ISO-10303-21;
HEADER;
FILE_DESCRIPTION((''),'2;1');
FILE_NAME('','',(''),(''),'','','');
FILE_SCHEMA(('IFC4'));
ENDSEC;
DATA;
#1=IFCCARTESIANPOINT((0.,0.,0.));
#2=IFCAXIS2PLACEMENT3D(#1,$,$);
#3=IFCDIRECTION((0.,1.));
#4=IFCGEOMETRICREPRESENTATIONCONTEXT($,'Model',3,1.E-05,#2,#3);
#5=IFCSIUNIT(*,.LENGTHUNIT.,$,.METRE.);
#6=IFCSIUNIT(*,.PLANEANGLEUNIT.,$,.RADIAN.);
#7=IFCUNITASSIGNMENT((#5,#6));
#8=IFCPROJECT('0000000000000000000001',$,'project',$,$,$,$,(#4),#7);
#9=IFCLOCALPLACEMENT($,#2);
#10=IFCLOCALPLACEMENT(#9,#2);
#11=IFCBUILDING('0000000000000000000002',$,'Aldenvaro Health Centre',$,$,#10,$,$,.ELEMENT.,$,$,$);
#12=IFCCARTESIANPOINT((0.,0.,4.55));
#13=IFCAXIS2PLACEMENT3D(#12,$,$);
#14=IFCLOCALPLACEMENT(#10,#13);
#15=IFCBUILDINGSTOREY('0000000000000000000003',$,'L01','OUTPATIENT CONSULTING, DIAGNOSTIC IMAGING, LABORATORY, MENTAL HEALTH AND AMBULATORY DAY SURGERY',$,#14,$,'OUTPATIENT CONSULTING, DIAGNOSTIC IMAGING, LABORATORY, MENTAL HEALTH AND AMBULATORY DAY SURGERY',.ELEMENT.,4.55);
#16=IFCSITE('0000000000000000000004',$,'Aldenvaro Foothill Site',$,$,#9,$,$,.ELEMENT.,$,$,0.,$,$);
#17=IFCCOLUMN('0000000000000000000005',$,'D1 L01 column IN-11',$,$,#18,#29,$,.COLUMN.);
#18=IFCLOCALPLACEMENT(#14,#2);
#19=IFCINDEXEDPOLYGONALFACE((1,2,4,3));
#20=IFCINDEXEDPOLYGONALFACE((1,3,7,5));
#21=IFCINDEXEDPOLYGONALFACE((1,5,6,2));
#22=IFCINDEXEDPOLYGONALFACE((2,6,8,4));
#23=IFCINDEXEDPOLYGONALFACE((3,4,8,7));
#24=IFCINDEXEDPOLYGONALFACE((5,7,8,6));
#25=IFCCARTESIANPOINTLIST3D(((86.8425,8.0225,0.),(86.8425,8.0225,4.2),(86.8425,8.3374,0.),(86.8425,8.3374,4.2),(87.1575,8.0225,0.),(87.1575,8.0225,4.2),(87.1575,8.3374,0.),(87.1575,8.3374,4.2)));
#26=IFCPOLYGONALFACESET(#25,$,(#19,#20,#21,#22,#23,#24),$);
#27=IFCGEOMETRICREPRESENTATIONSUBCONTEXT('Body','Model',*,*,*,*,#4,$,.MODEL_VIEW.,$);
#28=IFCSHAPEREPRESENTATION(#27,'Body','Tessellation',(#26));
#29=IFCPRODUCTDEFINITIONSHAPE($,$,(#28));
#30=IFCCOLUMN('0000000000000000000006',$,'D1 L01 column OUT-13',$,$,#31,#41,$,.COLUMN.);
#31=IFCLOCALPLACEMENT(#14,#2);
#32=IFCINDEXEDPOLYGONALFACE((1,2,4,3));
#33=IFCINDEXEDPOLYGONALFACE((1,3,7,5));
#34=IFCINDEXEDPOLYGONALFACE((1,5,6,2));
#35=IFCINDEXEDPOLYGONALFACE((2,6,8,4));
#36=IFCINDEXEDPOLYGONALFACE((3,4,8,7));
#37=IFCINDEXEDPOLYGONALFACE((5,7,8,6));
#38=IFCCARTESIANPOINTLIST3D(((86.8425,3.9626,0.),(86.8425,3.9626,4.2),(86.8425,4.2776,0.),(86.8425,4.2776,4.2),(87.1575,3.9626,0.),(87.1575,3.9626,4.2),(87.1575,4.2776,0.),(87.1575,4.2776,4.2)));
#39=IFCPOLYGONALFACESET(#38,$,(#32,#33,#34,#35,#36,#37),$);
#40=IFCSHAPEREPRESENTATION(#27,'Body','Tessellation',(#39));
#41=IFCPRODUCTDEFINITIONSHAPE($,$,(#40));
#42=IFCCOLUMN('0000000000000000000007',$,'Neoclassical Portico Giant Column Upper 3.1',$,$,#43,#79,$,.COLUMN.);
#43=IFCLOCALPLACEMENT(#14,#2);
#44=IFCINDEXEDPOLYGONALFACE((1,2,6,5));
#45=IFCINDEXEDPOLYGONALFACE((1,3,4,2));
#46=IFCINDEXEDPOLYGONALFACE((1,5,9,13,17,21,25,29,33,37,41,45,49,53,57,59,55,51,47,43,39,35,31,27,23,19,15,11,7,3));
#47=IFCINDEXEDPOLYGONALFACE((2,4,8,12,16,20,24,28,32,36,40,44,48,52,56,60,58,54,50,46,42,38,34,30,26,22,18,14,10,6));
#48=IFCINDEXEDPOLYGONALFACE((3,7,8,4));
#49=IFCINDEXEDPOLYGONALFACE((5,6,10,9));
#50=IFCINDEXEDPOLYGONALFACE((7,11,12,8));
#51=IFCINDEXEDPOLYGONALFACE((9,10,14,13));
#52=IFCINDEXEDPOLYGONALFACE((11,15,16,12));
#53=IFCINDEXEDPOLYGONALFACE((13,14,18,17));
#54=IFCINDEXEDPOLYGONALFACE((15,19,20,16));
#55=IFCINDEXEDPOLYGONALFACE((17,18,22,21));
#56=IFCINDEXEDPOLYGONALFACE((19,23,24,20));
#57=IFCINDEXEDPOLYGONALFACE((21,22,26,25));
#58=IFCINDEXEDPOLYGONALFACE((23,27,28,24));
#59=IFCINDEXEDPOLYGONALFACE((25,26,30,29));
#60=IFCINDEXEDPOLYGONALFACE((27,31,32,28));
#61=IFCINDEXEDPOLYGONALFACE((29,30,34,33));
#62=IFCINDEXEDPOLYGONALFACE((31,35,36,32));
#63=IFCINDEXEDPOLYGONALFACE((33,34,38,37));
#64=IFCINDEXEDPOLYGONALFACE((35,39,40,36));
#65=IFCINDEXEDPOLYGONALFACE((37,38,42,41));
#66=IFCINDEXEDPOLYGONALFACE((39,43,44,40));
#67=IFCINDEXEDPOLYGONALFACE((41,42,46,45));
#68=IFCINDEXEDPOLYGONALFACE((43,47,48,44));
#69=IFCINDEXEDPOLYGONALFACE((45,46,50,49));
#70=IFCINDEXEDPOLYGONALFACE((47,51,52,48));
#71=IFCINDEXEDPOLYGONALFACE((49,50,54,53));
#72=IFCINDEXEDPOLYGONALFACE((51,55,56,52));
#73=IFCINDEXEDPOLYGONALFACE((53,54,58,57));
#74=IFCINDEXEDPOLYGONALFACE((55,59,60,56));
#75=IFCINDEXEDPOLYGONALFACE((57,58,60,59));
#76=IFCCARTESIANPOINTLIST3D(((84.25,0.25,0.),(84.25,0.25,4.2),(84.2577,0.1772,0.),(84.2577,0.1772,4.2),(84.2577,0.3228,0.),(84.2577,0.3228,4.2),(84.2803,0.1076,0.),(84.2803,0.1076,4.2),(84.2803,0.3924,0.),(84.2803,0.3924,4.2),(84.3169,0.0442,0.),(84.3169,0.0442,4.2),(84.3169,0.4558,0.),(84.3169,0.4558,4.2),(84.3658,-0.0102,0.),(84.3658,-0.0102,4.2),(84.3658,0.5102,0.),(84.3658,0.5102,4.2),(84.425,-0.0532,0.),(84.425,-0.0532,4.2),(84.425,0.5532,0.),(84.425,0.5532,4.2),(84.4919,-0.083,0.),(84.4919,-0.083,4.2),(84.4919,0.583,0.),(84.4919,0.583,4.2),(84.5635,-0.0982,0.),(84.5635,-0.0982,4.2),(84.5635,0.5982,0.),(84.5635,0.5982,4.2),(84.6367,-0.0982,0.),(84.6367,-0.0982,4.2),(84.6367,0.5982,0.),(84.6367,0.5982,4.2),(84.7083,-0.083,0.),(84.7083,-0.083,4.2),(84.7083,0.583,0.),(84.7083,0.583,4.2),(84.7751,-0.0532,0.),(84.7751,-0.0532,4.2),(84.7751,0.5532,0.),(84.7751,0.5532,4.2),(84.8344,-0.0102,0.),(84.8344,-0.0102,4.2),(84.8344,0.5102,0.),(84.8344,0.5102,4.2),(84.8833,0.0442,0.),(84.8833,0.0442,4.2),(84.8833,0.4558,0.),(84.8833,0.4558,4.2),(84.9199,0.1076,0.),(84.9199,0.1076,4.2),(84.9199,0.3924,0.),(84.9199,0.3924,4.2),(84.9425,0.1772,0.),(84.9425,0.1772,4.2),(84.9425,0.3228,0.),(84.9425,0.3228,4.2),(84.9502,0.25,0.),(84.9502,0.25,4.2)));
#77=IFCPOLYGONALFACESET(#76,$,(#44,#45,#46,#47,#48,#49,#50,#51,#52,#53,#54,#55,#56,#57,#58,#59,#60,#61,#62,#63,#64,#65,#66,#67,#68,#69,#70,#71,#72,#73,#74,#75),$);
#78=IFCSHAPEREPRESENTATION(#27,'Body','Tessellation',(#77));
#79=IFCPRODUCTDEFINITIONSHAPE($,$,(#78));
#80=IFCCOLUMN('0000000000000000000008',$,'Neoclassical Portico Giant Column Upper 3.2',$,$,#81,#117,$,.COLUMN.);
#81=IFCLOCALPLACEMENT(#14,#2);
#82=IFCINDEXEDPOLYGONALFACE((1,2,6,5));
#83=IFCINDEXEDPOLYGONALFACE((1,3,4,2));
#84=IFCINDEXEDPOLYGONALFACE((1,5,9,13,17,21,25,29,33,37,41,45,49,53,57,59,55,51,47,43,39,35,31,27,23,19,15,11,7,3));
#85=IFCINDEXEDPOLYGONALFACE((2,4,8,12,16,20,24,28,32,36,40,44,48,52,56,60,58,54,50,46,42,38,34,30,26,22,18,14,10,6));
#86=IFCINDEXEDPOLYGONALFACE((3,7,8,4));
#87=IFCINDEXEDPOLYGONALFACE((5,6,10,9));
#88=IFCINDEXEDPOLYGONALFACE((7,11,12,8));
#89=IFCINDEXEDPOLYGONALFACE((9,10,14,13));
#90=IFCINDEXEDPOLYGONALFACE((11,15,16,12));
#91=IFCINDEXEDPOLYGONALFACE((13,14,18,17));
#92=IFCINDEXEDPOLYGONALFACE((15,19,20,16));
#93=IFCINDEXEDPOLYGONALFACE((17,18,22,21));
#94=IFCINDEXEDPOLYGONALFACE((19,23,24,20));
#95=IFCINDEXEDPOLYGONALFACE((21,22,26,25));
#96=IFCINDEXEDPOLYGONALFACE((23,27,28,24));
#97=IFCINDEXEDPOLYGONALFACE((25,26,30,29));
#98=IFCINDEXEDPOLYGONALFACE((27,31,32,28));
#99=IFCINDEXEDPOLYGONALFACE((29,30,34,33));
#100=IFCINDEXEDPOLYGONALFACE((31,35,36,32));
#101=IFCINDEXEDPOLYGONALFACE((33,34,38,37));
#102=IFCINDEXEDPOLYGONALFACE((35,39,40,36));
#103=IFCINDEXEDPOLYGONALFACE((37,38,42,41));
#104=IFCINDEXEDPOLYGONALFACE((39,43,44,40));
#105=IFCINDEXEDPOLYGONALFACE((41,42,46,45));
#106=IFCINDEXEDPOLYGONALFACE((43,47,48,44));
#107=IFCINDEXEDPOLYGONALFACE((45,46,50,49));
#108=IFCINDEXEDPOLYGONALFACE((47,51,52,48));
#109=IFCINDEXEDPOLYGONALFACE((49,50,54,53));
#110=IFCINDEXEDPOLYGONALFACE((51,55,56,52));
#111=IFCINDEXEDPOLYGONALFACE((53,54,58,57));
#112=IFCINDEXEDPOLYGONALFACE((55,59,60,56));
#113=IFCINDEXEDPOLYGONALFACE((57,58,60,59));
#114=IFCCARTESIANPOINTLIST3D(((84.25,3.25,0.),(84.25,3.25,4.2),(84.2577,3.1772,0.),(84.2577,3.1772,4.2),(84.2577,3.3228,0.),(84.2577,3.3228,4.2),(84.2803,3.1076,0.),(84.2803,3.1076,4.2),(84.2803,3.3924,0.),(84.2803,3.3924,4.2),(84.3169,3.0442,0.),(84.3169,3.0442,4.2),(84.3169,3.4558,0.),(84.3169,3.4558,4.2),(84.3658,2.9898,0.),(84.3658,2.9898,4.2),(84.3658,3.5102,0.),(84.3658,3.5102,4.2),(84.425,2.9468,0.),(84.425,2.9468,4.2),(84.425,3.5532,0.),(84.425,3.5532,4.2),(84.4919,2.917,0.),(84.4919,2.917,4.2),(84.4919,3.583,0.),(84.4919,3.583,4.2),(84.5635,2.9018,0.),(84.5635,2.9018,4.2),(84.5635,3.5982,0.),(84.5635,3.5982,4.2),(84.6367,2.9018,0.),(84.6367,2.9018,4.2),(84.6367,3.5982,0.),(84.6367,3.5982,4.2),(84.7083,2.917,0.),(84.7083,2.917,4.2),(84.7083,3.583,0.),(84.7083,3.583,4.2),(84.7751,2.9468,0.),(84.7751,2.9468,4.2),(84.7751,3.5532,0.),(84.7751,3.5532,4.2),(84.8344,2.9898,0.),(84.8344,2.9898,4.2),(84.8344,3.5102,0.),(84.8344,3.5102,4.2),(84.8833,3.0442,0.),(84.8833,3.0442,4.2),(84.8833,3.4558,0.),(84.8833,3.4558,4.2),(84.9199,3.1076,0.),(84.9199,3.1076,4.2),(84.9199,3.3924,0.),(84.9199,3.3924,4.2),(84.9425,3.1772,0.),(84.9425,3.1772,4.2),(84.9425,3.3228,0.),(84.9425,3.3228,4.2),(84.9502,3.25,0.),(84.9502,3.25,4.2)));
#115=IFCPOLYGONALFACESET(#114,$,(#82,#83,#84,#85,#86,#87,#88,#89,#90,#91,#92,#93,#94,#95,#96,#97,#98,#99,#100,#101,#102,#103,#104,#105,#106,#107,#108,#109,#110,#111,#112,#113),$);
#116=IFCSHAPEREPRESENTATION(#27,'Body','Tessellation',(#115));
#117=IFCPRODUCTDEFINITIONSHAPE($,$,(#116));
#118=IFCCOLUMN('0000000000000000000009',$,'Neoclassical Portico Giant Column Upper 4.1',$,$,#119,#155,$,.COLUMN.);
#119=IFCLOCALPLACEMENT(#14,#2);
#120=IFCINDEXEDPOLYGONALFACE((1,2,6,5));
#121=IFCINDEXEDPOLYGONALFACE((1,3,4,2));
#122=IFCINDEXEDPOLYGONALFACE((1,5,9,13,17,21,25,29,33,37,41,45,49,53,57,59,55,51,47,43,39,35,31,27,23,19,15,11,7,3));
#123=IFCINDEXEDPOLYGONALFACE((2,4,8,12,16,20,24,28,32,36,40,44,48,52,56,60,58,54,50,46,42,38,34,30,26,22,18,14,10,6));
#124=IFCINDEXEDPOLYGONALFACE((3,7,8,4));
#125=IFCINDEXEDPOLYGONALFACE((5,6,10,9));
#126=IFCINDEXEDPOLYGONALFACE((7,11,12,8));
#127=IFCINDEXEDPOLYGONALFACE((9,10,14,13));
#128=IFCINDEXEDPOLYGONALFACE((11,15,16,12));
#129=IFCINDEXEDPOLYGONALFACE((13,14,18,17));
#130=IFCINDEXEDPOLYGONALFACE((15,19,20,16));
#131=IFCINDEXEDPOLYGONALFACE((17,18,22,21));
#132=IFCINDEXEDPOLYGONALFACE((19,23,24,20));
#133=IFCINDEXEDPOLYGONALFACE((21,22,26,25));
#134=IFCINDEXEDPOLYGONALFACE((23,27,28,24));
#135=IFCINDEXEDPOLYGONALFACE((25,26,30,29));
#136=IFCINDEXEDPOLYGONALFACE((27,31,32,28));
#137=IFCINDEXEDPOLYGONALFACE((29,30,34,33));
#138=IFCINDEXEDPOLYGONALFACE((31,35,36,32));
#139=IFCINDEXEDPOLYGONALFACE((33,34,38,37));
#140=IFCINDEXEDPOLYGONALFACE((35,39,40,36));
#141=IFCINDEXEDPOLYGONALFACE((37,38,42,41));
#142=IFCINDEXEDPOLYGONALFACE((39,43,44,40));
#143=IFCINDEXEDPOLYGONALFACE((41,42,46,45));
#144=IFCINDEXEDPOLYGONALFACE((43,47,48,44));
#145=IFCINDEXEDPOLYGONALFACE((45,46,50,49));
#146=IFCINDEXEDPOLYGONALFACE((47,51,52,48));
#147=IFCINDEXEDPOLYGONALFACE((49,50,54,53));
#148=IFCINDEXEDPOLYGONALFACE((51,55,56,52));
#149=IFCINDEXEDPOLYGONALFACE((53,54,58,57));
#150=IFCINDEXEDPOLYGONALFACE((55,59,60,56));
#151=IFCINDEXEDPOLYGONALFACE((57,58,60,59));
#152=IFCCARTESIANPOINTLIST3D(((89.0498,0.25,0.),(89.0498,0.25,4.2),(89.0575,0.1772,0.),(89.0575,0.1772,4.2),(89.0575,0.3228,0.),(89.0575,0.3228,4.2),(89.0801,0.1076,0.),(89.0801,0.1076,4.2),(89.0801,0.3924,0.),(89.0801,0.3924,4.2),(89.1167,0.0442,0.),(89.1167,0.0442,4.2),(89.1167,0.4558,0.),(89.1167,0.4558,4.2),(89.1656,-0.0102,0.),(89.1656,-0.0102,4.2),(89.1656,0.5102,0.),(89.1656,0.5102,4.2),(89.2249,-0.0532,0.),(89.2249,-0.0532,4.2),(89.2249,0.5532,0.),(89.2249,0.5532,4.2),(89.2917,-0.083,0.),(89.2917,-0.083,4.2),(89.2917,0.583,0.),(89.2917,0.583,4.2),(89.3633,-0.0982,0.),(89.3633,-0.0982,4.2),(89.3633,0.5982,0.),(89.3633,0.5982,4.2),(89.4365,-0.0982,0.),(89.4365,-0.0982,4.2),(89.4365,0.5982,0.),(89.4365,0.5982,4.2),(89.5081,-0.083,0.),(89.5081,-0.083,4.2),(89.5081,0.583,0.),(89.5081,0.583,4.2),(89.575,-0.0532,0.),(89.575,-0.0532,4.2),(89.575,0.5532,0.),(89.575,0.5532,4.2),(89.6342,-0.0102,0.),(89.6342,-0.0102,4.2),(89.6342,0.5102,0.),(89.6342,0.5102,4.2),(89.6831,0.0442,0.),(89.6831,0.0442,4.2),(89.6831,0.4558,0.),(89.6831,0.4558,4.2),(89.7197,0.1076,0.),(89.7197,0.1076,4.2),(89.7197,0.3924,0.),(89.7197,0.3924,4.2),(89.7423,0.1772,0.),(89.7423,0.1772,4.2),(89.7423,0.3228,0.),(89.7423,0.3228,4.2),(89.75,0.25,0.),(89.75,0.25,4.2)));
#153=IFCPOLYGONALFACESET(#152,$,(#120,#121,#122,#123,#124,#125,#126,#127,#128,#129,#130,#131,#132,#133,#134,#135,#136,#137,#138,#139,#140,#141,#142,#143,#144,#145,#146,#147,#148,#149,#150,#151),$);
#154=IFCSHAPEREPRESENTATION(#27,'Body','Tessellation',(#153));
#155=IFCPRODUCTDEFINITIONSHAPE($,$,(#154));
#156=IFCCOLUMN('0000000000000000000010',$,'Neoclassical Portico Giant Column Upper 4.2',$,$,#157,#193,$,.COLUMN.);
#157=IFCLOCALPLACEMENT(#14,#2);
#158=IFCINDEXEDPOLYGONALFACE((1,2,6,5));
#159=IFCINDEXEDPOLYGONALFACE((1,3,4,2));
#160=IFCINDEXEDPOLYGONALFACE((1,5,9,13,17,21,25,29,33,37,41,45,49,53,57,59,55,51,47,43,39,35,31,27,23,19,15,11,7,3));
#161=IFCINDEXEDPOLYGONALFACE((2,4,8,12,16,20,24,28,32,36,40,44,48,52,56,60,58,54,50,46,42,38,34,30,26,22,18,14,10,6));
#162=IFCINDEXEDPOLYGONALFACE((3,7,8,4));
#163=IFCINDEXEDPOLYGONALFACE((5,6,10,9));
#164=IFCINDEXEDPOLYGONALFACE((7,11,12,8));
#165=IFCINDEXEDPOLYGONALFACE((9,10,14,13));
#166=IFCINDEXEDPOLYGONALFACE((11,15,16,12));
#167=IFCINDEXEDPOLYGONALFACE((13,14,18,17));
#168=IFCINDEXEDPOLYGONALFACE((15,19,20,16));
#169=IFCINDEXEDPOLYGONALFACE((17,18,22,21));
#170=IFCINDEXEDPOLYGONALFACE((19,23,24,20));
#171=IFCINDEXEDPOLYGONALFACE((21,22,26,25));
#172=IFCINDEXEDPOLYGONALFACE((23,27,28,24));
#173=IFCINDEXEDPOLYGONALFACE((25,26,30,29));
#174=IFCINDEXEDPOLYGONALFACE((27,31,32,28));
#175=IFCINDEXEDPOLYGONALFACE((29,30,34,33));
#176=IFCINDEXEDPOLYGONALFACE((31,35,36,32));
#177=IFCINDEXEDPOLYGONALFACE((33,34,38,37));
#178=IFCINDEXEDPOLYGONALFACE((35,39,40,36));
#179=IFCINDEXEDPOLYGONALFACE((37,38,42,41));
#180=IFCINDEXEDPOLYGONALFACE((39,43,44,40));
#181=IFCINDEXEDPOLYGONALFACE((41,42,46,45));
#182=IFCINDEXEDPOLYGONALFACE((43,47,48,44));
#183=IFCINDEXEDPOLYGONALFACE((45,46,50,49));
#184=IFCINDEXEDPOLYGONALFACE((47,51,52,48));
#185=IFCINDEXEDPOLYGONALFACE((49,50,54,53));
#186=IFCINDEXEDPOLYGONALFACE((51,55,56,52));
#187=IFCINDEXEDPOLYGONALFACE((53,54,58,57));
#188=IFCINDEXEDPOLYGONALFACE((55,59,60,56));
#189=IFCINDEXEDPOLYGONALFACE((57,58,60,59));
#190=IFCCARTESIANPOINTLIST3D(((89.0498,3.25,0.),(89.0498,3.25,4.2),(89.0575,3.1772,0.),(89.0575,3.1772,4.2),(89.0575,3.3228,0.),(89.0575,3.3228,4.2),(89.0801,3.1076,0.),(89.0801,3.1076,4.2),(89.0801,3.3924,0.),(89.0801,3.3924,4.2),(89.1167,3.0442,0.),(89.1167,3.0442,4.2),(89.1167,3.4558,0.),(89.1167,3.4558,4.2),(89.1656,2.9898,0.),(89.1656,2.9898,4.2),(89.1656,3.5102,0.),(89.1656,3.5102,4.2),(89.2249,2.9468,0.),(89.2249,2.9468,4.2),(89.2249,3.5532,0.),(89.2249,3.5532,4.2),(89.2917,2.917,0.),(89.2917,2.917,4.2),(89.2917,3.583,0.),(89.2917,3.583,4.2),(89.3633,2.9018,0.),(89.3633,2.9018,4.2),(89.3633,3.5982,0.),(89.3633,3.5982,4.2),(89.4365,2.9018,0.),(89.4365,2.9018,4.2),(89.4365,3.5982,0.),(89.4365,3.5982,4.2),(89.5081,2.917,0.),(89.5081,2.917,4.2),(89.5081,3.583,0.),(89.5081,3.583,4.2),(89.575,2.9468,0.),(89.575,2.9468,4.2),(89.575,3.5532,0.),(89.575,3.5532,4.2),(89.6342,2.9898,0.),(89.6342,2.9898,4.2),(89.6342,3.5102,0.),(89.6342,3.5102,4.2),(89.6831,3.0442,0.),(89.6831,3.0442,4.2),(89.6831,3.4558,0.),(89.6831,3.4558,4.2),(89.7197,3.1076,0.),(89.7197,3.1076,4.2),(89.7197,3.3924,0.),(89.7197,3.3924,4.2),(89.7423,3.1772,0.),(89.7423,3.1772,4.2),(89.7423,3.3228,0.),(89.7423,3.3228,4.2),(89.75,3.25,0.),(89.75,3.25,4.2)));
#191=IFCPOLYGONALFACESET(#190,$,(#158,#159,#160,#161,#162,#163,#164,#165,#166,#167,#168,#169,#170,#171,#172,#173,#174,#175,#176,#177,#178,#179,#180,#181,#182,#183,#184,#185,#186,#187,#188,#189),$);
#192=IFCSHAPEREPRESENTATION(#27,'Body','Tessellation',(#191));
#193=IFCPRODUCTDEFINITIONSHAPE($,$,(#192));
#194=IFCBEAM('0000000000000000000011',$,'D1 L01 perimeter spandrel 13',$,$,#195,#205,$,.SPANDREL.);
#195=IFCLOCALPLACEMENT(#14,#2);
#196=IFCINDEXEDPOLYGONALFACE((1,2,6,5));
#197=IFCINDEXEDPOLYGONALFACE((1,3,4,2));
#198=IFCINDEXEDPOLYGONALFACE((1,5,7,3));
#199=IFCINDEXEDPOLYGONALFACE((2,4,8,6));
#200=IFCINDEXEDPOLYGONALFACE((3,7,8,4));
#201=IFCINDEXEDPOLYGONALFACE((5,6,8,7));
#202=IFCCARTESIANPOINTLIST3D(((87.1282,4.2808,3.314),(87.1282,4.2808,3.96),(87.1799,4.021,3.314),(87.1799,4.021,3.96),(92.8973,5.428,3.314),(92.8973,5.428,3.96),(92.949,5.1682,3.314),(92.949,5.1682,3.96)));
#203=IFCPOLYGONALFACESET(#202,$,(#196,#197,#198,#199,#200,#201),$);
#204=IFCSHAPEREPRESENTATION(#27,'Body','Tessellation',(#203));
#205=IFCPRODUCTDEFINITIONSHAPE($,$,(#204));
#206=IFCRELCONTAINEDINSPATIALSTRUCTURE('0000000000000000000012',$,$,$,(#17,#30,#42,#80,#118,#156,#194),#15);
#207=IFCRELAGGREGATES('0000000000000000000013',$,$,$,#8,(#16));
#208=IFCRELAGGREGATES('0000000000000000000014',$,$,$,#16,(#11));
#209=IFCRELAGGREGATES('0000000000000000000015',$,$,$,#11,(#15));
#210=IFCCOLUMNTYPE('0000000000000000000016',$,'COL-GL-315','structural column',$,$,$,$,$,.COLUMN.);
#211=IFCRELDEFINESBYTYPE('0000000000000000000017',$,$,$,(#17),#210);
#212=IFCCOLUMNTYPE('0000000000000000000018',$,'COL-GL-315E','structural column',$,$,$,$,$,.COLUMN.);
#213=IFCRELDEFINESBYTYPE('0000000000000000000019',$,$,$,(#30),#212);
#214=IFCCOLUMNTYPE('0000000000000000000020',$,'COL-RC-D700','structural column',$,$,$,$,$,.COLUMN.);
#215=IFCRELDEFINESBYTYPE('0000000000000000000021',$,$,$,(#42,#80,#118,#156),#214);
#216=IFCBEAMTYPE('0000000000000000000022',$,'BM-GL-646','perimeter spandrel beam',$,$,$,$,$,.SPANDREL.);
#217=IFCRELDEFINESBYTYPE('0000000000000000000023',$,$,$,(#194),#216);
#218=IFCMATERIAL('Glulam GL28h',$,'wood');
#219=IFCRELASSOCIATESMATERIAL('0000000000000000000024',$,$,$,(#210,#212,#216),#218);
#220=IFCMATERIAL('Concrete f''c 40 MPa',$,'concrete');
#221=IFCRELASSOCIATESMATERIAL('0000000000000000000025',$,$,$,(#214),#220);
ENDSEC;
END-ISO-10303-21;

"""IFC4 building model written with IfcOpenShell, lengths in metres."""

from ifc_helpers import new_model, si_unit, direction, frame, origin, origin_2d, place, context, subcontext, project, spatial, rectangle, circle, extrude, material, material_profile, profile_set, type_object, element, save


model = new_model("IFC4")

# Units and contexts
model_context = context("Model", 3, precision=1e-05, world=origin(), true_north=direction((0.0, 1.0)))
body_context = subcontext(model_context, "Body", "Model", "MODEL_VIEW")
ifc_project = project(units=[si_unit("LENGTHUNIT", "METRE"), si_unit("PLANEANGLEUNIT", "RADIAN")], contexts=[model_context])

# Site, building, storey
site_placement = place(None, origin())
site = spatial("IfcSite", under=ifc_project, at=site_placement, Name="Aldenvaro Foothill Site", CompositionType="ELEMENT", RefElevation=0.0)
building_placement = place(site_placement, origin())
building = spatial("IfcBuilding", under=site, at=building_placement, Name="Aldenvaro Health Centre", CompositionType="ELEMENT")
storey_placement = place(building_placement, frame((0.0, 0.0, 4.55)))
storey = spatial("IfcBuildingStorey", under=building, at=storey_placement, Name="L01", Description="OUTPATIENT CONSULTING, DIAGNOSTIC IMAGING, LABORATORY, MENTAL HEALTH AND AMBULATORY DAY SURGERY", LongName="OUTPATIENT CONSULTING, DIAGNOSTIC IMAGING, LABORATORY, MENTAL HEALTH AND AMBULATORY DAY SURGERY", CompositionType="ELEMENT", Elevation=4.55)

# Columns
ifc_material_1 = material(Name="Glulam GL28h", Category="wood")
ifc_material_profile_1 = material_profile(ifc_material_1, rectangle(XDim=0.3149, YDim=0.3149, at=origin_2d()), Name="GL 315x315", Category="wood")
ifc_profile_set_1 = profile_set([ifc_material_profile_1], Name="Glulam GL28h")
column_type_1 = type_object("IfcColumnType", Name="COL-GL-315", Description="structural column", PredefinedType="COLUMN", material=ifc_profile_set_1)
column_1_placement = place(storey_placement, frame((87.0, 8.1799, 0.0), z_axis=(0.0, 0.0, 1.0), x_axis=(1.0, 0.0, 0.0)))
element("IfcColumn", 1, at=column_1_placement, inside=storey, type_object=column_type_1, Name="D1 L01 column IN-11", PredefinedType="COLUMN", context=body_context, shape_type="SweptSolid", body=[
    extrude(rectangle(XDim=0.3149, YDim=0.3149, at=origin_2d()), origin(), (0.0, 0.0, 1.0), 4.2),
])
ifc_material_profile_2 = material_profile(ifc_material_1, rectangle(XDim=0.3149, YDim=0.3149, at=origin_2d()), Name="GL 315x315", Category="wood")
ifc_profile_set_2 = profile_set([ifc_material_profile_2], Name="Glulam GL28h")
column_type_2 = type_object("IfcColumnType", Name="COL-GL-315E", Description="structural column", PredefinedType="COLUMN", material=ifc_profile_set_2)
column_2_placement = place(storey_placement, frame((87.0, 4.1201, 0.0), z_axis=(0.0, 0.0, 1.0), x_axis=(1.0, 0.0, 0.0)))
element("IfcColumn", 2, at=column_2_placement, inside=storey, type_object=column_type_2, Name="D1 L01 column OUT-13", PredefinedType="COLUMN", context=body_context, shape_type="SweptSolid", body=[
    extrude(rectangle(XDim=0.3149, YDim=0.3149, at=origin_2d()), origin(), (0.0, 0.0, 1.0), 4.2),
])
ifc_material_2 = material(Name="Concrete f'c 40 MPa", Category="concrete")
ifc_material_profile_3 = material_profile(ifc_material_2, circle(Radius=0.3501, at=origin_2d()), Name="RC D700", Category="concrete")
ifc_profile_set_3 = profile_set([ifc_material_profile_3], Name="Concrete f'c 40 MPa")
column_type_3 = type_object("IfcColumnType", Name="COL-RC-D700", Description="structural column", PredefinedType="COLUMN", material=ifc_profile_set_3)
for number, where, z_axis, x_axis, name in (
    (3, (84.6001, 0.25, 0.0), (0.0, 0.0, 1.0), (1.0, 0.0, 0.0), "Neoclassical Portico Giant Column Upper 3.1"),
    (4, (84.6001, 3.25, 0.0), (0.0, 0.0, 1.0), (1.0, 0.0, 0.0), "Neoclassical Portico Giant Column Upper 3.2"),
    (5, (89.3999, 0.25, 0.0), (0.0, 0.0, 1.0), (1.0, 0.0, 0.0), "Neoclassical Portico Giant Column Upper 4.1"),
    (6, (89.3999, 3.25, 0.0), (0.0, 0.0, 1.0), (1.0, 0.0, 0.0), "Neoclassical Portico Giant Column Upper 4.2"),
):
    element("IfcColumn", number, at=place(storey_placement, frame(where, z_axis=z_axis, x_axis=x_axis)), inside=storey, type_object=column_type_3, Name=name, PredefinedType="COLUMN", context=body_context, shape_type="SweptSolid", body=[
        extrude(circle(Radius=0.3501, at=origin_2d()), origin(), (0.0, 0.0, 1.0), 4.2),
    ])

# Beam
ifc_material_profile_4 = material_profile(ifc_material_1, rectangle(XDim=0.2649, YDim=0.646, at=origin_2d()), Name="GL 265x646", Category="wood")
ifc_profile_set_4 = profile_set([ifc_material_profile_4], Name="Glulam GL28h")
beam_type = type_object("IfcBeamType", Name="BM-GL-646", Description="perimeter spandrel beam", PredefinedType="SPANDREL", material=ifc_profile_set_4)
beam_placement = place(storey_placement, frame((87.1541, 4.1509, 3.637), z_axis=(0.980796, 0.195038, 0.0), x_axis=(-0.195038, 0.980796, 0.0)))
element("IfcBeam", 7, at=beam_placement, inside=storey, type_object=beam_type, Name="D1 L01 perimeter spandrel 13", PredefinedType="SPANDREL", context=body_context, shape_type="SweptSolid", body=[
    extrude(rectangle(XDim=0.2649, YDim=0.646, at=origin_2d()), origin(), (0.0, 0.0, 1.0), 5.8821),
])

save(model, "model.ifc")
